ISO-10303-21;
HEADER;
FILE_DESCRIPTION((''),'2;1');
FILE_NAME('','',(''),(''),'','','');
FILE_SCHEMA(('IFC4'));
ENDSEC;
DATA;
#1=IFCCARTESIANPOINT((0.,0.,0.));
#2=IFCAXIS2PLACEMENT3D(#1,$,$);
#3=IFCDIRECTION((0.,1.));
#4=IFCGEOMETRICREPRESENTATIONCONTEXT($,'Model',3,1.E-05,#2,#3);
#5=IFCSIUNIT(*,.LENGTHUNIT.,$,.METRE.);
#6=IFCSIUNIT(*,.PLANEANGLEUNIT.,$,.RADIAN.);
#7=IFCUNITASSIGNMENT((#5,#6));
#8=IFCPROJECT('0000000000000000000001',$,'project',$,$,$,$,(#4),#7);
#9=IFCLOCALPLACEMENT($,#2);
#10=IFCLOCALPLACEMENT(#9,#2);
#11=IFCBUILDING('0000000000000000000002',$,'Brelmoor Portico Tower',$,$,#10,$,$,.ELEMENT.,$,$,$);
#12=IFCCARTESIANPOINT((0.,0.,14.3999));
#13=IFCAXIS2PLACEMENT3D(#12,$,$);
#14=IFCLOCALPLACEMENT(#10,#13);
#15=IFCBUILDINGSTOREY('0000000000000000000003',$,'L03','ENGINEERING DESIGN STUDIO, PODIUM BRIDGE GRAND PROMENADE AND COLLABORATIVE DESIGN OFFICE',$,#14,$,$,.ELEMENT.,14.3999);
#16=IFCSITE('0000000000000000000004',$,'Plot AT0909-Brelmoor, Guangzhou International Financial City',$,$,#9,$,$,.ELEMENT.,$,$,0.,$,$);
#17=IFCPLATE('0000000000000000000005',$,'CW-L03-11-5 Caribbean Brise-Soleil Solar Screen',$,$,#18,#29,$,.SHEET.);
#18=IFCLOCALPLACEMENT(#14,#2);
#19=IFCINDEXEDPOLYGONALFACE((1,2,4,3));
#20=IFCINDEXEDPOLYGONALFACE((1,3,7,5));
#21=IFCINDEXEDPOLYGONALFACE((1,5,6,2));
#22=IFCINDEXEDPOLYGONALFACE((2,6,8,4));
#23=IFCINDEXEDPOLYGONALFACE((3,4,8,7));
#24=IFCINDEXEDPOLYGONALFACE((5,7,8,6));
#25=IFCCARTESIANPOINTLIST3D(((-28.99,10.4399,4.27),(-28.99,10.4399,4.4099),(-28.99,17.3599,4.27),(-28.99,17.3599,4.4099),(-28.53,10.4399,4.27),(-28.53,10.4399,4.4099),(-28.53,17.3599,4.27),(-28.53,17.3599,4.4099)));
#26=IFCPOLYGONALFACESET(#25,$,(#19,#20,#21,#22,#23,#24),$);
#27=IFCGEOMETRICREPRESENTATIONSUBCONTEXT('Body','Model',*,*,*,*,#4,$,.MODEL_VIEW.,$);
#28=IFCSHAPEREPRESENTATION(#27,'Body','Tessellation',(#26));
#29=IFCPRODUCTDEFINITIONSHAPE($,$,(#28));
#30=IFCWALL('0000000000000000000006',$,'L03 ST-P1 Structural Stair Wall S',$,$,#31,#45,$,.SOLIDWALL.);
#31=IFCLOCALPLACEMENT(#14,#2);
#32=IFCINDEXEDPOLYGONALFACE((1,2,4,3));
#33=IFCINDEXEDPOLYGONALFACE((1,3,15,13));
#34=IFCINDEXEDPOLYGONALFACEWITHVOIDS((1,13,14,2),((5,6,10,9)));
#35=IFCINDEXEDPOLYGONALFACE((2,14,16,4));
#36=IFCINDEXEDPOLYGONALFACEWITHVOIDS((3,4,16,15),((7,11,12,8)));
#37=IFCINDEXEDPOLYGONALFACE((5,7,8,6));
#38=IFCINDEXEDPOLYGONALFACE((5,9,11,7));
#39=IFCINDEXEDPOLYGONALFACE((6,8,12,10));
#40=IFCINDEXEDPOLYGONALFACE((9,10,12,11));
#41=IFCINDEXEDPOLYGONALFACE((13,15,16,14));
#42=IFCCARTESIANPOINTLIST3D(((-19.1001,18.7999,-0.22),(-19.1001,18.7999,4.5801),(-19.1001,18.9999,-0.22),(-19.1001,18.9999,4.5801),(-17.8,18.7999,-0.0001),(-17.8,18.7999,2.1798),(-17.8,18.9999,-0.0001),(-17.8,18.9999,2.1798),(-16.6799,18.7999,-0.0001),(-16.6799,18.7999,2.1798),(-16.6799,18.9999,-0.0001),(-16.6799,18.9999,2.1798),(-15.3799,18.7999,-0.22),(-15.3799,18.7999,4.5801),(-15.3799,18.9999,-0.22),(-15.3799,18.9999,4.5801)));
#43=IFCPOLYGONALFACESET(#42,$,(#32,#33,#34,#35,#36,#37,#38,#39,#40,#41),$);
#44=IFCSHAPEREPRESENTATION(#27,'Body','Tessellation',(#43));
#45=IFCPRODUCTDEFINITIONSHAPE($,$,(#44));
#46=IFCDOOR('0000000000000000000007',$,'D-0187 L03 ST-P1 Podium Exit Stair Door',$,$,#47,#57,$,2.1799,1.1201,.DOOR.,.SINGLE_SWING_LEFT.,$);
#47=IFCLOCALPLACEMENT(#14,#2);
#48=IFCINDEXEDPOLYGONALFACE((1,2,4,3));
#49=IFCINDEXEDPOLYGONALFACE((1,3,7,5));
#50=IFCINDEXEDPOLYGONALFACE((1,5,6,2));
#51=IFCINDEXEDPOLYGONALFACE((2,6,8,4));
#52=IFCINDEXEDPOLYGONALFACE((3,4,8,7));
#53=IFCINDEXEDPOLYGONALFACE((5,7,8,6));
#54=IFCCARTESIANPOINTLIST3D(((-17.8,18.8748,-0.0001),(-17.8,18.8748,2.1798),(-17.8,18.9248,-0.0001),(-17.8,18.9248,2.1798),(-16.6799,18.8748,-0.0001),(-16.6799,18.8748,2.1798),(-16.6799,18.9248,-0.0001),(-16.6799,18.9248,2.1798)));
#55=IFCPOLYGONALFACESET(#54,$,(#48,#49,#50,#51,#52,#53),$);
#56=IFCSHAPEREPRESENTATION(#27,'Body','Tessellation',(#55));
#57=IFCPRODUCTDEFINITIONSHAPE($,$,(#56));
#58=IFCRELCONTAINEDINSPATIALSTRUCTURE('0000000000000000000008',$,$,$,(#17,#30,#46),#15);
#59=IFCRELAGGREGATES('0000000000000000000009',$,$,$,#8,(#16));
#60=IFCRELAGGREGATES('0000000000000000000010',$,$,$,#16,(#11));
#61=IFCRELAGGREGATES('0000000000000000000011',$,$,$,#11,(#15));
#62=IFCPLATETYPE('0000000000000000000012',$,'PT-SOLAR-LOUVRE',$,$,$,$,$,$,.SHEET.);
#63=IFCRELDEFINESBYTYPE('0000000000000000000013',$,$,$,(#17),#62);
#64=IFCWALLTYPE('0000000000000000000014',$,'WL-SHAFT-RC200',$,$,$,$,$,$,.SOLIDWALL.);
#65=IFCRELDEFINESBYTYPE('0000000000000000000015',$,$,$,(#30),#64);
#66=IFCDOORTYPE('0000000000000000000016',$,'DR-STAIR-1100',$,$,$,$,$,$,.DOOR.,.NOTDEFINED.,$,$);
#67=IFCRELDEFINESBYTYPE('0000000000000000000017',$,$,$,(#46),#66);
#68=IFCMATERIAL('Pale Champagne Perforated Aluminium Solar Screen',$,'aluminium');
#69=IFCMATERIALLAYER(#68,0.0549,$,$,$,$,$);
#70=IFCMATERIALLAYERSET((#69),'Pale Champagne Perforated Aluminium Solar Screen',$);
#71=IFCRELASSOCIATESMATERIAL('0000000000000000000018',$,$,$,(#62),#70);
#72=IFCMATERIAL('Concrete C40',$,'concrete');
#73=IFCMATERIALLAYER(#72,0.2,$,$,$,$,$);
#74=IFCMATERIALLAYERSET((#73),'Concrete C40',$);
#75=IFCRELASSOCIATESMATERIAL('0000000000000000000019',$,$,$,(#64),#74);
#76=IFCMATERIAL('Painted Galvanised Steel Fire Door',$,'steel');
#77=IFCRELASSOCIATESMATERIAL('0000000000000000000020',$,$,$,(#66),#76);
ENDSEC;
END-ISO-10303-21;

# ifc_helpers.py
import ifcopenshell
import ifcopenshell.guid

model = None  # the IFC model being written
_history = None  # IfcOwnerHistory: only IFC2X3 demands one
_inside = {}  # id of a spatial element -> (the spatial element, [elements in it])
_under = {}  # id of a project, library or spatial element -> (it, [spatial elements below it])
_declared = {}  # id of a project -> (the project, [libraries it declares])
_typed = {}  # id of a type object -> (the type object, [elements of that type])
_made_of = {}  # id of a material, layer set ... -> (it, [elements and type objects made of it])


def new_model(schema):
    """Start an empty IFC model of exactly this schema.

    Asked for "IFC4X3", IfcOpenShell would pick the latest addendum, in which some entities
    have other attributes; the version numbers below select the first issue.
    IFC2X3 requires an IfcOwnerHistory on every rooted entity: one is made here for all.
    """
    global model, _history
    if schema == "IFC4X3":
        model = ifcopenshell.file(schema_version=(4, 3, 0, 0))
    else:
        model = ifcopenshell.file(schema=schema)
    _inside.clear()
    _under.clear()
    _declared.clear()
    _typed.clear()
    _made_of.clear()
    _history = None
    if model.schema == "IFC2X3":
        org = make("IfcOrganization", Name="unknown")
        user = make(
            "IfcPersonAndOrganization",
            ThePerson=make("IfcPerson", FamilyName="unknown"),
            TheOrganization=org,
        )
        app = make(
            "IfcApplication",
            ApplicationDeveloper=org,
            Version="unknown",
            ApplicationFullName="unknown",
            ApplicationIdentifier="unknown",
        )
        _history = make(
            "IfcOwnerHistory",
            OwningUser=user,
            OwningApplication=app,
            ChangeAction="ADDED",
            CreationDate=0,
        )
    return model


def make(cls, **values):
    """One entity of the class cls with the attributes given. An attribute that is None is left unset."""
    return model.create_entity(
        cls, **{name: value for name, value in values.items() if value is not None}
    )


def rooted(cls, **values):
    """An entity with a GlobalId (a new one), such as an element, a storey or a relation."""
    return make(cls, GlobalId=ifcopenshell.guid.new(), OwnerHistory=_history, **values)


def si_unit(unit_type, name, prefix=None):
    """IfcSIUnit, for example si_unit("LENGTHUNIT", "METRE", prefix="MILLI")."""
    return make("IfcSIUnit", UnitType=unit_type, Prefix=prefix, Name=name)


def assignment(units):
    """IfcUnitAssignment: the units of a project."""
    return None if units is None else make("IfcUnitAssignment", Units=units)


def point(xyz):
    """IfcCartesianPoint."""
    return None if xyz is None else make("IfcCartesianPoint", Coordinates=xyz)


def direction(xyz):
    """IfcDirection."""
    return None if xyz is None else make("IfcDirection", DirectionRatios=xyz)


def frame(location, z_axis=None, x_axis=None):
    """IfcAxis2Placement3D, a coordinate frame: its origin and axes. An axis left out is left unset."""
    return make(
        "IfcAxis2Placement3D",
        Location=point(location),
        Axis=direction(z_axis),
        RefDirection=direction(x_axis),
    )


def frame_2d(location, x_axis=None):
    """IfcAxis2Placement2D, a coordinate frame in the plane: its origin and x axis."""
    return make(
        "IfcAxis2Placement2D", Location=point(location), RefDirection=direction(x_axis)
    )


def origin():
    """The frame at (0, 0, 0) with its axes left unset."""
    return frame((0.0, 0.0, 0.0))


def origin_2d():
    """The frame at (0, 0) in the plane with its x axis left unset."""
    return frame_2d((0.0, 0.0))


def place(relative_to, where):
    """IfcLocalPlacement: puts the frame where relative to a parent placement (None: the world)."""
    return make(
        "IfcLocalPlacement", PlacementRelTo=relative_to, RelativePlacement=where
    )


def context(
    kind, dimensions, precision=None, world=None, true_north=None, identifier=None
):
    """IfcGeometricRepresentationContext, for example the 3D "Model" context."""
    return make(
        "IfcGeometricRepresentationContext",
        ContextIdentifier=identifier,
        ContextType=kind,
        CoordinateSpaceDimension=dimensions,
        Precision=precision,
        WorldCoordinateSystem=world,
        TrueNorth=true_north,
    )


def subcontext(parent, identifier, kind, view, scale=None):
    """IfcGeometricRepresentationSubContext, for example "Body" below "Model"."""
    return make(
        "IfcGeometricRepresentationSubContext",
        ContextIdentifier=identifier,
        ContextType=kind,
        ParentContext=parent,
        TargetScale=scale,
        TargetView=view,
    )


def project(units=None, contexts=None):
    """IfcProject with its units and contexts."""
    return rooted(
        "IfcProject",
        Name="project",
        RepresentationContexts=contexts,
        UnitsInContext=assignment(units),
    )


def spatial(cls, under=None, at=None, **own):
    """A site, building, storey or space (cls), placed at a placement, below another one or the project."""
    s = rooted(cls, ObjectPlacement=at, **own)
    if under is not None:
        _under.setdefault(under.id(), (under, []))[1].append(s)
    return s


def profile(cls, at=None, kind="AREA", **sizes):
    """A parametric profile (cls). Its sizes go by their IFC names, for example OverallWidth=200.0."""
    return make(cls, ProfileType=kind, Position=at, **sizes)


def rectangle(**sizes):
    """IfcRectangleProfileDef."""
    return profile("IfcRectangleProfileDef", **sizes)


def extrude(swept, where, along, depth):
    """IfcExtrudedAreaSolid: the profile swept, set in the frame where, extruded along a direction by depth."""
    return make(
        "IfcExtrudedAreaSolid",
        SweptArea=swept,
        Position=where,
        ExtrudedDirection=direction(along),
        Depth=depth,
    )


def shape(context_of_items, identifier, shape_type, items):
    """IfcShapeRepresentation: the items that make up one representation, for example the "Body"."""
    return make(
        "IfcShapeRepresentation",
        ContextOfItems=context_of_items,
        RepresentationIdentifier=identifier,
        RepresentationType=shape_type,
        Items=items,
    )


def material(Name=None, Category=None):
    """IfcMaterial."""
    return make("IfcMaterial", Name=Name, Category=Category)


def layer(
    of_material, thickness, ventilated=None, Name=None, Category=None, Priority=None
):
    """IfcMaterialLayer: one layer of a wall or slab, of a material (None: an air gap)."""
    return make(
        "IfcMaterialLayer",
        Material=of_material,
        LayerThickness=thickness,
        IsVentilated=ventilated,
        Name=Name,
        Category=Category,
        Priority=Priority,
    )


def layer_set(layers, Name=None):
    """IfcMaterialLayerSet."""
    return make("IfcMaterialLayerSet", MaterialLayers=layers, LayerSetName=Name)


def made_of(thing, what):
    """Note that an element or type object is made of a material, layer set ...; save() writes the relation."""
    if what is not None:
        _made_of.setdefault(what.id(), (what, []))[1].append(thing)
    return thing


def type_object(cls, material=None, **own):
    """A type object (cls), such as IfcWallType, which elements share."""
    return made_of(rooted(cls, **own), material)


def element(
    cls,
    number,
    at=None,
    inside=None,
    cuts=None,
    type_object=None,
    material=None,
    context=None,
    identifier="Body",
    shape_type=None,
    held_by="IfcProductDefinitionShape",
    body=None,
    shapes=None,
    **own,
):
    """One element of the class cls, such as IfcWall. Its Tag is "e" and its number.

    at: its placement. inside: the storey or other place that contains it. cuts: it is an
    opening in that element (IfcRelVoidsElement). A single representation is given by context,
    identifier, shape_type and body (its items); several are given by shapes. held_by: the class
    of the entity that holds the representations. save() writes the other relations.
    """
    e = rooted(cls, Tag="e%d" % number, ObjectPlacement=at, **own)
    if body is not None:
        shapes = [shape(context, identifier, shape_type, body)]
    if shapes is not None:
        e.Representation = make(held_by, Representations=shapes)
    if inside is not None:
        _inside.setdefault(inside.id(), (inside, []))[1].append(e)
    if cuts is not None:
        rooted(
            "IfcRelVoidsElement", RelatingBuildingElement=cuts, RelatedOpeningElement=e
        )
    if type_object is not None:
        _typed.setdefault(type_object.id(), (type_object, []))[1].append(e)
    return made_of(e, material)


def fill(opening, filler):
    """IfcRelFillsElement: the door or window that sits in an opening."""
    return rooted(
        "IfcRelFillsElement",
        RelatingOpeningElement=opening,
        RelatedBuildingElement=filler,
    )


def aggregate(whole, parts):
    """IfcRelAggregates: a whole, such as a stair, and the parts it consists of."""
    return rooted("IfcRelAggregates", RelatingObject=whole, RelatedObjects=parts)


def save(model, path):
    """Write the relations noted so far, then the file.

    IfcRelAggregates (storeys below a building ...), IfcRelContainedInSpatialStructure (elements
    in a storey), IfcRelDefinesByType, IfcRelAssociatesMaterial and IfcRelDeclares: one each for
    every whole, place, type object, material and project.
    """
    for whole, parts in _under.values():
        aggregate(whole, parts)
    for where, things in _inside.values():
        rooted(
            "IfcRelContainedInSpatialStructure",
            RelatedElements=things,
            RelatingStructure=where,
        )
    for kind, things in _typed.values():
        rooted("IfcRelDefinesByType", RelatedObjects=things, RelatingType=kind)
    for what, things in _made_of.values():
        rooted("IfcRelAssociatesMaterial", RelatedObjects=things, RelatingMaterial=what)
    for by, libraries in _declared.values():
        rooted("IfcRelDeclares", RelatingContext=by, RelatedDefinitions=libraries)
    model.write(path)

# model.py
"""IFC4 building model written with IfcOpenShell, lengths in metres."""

from ifc_helpers import new_model, si_unit, direction, frame, frame_2d, origin, origin_2d, place, context, subcontext, project, spatial, rectangle, extrude, material, layer, layer_set, type_object, element, fill, save


model = new_model("IFC4")

# Units and contexts
model_context = context("Model", 3, precision=1e-05, world=origin(), true_north=direction((0.0, 1.0)))
body_context = subcontext(model_context, "Body", "Model", "MODEL_VIEW")
ifc_project = project(units=[si_unit("LENGTHUNIT", "METRE"), si_unit("PLANEANGLEUNIT", "RADIAN")], contexts=[model_context])

# Site, building, storey
site_placement = place(None, origin())
site = spatial("IfcSite", under=ifc_project, at=site_placement, Name="Plot AT0909-Brelmoor, Guangzhou International Financial City", CompositionType="ELEMENT", RefElevation=0.0)
building_placement = place(site_placement, origin())
building = spatial("IfcBuilding", under=site, at=building_placement, Name="Brelmoor Portico Tower", CompositionType="ELEMENT")
storey_placement = place(building_placement, frame((0.0, 0.0, 14.3999)))
storey = spatial("IfcBuildingStorey", under=building, at=storey_placement, Name="L03", Description="ENGINEERING DESIGN STUDIO, PODIUM BRIDGE GRAND PROMENADE AND COLLABORATIVE DESIGN OFFICE", CompositionType="ELEMENT", Elevation=14.3999)

# Plate
ifc_material_1 = material(Name="Pale Champagne Perforated Aluminium Solar Screen", Category="aluminium")
ifc_layer_1 = layer(ifc_material_1, 0.0549)
ifc_layer_set_1 = layer_set([ifc_layer_1], Name="Pale Champagne Perforated Aluminium Solar Screen")
plate_type_1 = type_object("IfcPlateType", Name="PT-SOLAR-LOUVRE", PredefinedType="SHEET", material=ifc_layer_set_1)
plate_1_placement = place(storey_placement, frame((-28.76, 13.8999, 4.27), z_axis=(0.0, 0.0, 1.0), x_axis=(0.0, 1.0, 0.0)))
element("IfcPlate", 1, at=plate_1_placement, inside=storey, type_object=plate_type_1, Name="CW-L03-11-5 Caribbean Brise-Soleil Solar Screen", PredefinedType="SHEET", context=body_context, shape_type="SweptSolid", body=[
    extrude(rectangle(XDim=6.9199, YDim=0.46, at=origin_2d()), origin(), (0.0, 0.0, 1.0), 0.1399),
])

# Wall, opening, door
ifc_material_2 = material(Name="Concrete C40", Category="concrete")
ifc_layer_2 = layer(ifc_material_2, 0.2)
ifc_layer_set_2 = layer_set([ifc_layer_2], Name="Concrete C40")
wall_type = type_object("IfcWallType", Name="WL-SHAFT-RC200", PredefinedType="SOLIDWALL", material=ifc_layer_set_2)
wall_placement = place(storey_placement, frame((-19.1001, 18.8999, -0.22), z_axis=(0.0, 0.0, 1.0), x_axis=(1.0, 0.0, 0.0)))
wall = element("IfcWall", 2, at=wall_placement, inside=storey, type_object=wall_type, Name="L03 ST-P1 Structural Stair Wall S", PredefinedType="SOLIDWALL", context=body_context, shape_type="SweptSolid", body=[
    extrude(rectangle(XDim=3.7202, YDim=0.2, at=frame_2d((1.8601, 0.0))), origin(), (0.0, 0.0, 1.0), 4.8),
])
opening_placement = place(wall_placement, frame((1.3, 0.0, 0.22)))
opening = element("IfcOpeningElement", 3, at=opening_placement, cuts=wall, PredefinedType="OPENING", context=body_context, shape_type="SweptSolid", body=[
    extrude(rectangle(XDim=1.1201, YDim=2.1799, at=frame_2d((0.5601, 1.0898))), frame((0.0, 0.1099, 0.0), z_axis=(0.0, -1.0, 0.0), x_axis=(1.0, 0.0, 0.0)), (0.0, 0.0, 1.0), 0.22),
])
ifc_material_3 = material(Name="Painted Galvanised Steel Fire Door", Category="steel")
door_type = type_object("IfcDoorType", Name="DR-STAIR-1100", OperationType="NOTDEFINED", PredefinedType="DOOR", material=ifc_material_3)
door_placement = place(opening_placement, origin())
door = element("IfcDoor", 4, at=door_placement, inside=storey, type_object=door_type, Name="D-0187 L03 ST-P1 Podium Exit Stair Door", OperationType="SINGLE_SWING_LEFT", OverallHeight=2.1799, OverallWidth=1.1201, PredefinedType="DOOR", context=body_context, shape_type="SweptSolid", body=[
    extrude(rectangle(XDim=1.1201, YDim=2.1799, at=frame_2d((0.5601, 1.0898))), frame((0.0, 0.0249, 0.0), z_axis=(0.0, -1.0, 0.0), x_axis=(1.0, 0.0, 0.0)), (0.0, 0.0, 1.0), 0.05),
])
fill(opening, door)

save(model, "model.ifc")
